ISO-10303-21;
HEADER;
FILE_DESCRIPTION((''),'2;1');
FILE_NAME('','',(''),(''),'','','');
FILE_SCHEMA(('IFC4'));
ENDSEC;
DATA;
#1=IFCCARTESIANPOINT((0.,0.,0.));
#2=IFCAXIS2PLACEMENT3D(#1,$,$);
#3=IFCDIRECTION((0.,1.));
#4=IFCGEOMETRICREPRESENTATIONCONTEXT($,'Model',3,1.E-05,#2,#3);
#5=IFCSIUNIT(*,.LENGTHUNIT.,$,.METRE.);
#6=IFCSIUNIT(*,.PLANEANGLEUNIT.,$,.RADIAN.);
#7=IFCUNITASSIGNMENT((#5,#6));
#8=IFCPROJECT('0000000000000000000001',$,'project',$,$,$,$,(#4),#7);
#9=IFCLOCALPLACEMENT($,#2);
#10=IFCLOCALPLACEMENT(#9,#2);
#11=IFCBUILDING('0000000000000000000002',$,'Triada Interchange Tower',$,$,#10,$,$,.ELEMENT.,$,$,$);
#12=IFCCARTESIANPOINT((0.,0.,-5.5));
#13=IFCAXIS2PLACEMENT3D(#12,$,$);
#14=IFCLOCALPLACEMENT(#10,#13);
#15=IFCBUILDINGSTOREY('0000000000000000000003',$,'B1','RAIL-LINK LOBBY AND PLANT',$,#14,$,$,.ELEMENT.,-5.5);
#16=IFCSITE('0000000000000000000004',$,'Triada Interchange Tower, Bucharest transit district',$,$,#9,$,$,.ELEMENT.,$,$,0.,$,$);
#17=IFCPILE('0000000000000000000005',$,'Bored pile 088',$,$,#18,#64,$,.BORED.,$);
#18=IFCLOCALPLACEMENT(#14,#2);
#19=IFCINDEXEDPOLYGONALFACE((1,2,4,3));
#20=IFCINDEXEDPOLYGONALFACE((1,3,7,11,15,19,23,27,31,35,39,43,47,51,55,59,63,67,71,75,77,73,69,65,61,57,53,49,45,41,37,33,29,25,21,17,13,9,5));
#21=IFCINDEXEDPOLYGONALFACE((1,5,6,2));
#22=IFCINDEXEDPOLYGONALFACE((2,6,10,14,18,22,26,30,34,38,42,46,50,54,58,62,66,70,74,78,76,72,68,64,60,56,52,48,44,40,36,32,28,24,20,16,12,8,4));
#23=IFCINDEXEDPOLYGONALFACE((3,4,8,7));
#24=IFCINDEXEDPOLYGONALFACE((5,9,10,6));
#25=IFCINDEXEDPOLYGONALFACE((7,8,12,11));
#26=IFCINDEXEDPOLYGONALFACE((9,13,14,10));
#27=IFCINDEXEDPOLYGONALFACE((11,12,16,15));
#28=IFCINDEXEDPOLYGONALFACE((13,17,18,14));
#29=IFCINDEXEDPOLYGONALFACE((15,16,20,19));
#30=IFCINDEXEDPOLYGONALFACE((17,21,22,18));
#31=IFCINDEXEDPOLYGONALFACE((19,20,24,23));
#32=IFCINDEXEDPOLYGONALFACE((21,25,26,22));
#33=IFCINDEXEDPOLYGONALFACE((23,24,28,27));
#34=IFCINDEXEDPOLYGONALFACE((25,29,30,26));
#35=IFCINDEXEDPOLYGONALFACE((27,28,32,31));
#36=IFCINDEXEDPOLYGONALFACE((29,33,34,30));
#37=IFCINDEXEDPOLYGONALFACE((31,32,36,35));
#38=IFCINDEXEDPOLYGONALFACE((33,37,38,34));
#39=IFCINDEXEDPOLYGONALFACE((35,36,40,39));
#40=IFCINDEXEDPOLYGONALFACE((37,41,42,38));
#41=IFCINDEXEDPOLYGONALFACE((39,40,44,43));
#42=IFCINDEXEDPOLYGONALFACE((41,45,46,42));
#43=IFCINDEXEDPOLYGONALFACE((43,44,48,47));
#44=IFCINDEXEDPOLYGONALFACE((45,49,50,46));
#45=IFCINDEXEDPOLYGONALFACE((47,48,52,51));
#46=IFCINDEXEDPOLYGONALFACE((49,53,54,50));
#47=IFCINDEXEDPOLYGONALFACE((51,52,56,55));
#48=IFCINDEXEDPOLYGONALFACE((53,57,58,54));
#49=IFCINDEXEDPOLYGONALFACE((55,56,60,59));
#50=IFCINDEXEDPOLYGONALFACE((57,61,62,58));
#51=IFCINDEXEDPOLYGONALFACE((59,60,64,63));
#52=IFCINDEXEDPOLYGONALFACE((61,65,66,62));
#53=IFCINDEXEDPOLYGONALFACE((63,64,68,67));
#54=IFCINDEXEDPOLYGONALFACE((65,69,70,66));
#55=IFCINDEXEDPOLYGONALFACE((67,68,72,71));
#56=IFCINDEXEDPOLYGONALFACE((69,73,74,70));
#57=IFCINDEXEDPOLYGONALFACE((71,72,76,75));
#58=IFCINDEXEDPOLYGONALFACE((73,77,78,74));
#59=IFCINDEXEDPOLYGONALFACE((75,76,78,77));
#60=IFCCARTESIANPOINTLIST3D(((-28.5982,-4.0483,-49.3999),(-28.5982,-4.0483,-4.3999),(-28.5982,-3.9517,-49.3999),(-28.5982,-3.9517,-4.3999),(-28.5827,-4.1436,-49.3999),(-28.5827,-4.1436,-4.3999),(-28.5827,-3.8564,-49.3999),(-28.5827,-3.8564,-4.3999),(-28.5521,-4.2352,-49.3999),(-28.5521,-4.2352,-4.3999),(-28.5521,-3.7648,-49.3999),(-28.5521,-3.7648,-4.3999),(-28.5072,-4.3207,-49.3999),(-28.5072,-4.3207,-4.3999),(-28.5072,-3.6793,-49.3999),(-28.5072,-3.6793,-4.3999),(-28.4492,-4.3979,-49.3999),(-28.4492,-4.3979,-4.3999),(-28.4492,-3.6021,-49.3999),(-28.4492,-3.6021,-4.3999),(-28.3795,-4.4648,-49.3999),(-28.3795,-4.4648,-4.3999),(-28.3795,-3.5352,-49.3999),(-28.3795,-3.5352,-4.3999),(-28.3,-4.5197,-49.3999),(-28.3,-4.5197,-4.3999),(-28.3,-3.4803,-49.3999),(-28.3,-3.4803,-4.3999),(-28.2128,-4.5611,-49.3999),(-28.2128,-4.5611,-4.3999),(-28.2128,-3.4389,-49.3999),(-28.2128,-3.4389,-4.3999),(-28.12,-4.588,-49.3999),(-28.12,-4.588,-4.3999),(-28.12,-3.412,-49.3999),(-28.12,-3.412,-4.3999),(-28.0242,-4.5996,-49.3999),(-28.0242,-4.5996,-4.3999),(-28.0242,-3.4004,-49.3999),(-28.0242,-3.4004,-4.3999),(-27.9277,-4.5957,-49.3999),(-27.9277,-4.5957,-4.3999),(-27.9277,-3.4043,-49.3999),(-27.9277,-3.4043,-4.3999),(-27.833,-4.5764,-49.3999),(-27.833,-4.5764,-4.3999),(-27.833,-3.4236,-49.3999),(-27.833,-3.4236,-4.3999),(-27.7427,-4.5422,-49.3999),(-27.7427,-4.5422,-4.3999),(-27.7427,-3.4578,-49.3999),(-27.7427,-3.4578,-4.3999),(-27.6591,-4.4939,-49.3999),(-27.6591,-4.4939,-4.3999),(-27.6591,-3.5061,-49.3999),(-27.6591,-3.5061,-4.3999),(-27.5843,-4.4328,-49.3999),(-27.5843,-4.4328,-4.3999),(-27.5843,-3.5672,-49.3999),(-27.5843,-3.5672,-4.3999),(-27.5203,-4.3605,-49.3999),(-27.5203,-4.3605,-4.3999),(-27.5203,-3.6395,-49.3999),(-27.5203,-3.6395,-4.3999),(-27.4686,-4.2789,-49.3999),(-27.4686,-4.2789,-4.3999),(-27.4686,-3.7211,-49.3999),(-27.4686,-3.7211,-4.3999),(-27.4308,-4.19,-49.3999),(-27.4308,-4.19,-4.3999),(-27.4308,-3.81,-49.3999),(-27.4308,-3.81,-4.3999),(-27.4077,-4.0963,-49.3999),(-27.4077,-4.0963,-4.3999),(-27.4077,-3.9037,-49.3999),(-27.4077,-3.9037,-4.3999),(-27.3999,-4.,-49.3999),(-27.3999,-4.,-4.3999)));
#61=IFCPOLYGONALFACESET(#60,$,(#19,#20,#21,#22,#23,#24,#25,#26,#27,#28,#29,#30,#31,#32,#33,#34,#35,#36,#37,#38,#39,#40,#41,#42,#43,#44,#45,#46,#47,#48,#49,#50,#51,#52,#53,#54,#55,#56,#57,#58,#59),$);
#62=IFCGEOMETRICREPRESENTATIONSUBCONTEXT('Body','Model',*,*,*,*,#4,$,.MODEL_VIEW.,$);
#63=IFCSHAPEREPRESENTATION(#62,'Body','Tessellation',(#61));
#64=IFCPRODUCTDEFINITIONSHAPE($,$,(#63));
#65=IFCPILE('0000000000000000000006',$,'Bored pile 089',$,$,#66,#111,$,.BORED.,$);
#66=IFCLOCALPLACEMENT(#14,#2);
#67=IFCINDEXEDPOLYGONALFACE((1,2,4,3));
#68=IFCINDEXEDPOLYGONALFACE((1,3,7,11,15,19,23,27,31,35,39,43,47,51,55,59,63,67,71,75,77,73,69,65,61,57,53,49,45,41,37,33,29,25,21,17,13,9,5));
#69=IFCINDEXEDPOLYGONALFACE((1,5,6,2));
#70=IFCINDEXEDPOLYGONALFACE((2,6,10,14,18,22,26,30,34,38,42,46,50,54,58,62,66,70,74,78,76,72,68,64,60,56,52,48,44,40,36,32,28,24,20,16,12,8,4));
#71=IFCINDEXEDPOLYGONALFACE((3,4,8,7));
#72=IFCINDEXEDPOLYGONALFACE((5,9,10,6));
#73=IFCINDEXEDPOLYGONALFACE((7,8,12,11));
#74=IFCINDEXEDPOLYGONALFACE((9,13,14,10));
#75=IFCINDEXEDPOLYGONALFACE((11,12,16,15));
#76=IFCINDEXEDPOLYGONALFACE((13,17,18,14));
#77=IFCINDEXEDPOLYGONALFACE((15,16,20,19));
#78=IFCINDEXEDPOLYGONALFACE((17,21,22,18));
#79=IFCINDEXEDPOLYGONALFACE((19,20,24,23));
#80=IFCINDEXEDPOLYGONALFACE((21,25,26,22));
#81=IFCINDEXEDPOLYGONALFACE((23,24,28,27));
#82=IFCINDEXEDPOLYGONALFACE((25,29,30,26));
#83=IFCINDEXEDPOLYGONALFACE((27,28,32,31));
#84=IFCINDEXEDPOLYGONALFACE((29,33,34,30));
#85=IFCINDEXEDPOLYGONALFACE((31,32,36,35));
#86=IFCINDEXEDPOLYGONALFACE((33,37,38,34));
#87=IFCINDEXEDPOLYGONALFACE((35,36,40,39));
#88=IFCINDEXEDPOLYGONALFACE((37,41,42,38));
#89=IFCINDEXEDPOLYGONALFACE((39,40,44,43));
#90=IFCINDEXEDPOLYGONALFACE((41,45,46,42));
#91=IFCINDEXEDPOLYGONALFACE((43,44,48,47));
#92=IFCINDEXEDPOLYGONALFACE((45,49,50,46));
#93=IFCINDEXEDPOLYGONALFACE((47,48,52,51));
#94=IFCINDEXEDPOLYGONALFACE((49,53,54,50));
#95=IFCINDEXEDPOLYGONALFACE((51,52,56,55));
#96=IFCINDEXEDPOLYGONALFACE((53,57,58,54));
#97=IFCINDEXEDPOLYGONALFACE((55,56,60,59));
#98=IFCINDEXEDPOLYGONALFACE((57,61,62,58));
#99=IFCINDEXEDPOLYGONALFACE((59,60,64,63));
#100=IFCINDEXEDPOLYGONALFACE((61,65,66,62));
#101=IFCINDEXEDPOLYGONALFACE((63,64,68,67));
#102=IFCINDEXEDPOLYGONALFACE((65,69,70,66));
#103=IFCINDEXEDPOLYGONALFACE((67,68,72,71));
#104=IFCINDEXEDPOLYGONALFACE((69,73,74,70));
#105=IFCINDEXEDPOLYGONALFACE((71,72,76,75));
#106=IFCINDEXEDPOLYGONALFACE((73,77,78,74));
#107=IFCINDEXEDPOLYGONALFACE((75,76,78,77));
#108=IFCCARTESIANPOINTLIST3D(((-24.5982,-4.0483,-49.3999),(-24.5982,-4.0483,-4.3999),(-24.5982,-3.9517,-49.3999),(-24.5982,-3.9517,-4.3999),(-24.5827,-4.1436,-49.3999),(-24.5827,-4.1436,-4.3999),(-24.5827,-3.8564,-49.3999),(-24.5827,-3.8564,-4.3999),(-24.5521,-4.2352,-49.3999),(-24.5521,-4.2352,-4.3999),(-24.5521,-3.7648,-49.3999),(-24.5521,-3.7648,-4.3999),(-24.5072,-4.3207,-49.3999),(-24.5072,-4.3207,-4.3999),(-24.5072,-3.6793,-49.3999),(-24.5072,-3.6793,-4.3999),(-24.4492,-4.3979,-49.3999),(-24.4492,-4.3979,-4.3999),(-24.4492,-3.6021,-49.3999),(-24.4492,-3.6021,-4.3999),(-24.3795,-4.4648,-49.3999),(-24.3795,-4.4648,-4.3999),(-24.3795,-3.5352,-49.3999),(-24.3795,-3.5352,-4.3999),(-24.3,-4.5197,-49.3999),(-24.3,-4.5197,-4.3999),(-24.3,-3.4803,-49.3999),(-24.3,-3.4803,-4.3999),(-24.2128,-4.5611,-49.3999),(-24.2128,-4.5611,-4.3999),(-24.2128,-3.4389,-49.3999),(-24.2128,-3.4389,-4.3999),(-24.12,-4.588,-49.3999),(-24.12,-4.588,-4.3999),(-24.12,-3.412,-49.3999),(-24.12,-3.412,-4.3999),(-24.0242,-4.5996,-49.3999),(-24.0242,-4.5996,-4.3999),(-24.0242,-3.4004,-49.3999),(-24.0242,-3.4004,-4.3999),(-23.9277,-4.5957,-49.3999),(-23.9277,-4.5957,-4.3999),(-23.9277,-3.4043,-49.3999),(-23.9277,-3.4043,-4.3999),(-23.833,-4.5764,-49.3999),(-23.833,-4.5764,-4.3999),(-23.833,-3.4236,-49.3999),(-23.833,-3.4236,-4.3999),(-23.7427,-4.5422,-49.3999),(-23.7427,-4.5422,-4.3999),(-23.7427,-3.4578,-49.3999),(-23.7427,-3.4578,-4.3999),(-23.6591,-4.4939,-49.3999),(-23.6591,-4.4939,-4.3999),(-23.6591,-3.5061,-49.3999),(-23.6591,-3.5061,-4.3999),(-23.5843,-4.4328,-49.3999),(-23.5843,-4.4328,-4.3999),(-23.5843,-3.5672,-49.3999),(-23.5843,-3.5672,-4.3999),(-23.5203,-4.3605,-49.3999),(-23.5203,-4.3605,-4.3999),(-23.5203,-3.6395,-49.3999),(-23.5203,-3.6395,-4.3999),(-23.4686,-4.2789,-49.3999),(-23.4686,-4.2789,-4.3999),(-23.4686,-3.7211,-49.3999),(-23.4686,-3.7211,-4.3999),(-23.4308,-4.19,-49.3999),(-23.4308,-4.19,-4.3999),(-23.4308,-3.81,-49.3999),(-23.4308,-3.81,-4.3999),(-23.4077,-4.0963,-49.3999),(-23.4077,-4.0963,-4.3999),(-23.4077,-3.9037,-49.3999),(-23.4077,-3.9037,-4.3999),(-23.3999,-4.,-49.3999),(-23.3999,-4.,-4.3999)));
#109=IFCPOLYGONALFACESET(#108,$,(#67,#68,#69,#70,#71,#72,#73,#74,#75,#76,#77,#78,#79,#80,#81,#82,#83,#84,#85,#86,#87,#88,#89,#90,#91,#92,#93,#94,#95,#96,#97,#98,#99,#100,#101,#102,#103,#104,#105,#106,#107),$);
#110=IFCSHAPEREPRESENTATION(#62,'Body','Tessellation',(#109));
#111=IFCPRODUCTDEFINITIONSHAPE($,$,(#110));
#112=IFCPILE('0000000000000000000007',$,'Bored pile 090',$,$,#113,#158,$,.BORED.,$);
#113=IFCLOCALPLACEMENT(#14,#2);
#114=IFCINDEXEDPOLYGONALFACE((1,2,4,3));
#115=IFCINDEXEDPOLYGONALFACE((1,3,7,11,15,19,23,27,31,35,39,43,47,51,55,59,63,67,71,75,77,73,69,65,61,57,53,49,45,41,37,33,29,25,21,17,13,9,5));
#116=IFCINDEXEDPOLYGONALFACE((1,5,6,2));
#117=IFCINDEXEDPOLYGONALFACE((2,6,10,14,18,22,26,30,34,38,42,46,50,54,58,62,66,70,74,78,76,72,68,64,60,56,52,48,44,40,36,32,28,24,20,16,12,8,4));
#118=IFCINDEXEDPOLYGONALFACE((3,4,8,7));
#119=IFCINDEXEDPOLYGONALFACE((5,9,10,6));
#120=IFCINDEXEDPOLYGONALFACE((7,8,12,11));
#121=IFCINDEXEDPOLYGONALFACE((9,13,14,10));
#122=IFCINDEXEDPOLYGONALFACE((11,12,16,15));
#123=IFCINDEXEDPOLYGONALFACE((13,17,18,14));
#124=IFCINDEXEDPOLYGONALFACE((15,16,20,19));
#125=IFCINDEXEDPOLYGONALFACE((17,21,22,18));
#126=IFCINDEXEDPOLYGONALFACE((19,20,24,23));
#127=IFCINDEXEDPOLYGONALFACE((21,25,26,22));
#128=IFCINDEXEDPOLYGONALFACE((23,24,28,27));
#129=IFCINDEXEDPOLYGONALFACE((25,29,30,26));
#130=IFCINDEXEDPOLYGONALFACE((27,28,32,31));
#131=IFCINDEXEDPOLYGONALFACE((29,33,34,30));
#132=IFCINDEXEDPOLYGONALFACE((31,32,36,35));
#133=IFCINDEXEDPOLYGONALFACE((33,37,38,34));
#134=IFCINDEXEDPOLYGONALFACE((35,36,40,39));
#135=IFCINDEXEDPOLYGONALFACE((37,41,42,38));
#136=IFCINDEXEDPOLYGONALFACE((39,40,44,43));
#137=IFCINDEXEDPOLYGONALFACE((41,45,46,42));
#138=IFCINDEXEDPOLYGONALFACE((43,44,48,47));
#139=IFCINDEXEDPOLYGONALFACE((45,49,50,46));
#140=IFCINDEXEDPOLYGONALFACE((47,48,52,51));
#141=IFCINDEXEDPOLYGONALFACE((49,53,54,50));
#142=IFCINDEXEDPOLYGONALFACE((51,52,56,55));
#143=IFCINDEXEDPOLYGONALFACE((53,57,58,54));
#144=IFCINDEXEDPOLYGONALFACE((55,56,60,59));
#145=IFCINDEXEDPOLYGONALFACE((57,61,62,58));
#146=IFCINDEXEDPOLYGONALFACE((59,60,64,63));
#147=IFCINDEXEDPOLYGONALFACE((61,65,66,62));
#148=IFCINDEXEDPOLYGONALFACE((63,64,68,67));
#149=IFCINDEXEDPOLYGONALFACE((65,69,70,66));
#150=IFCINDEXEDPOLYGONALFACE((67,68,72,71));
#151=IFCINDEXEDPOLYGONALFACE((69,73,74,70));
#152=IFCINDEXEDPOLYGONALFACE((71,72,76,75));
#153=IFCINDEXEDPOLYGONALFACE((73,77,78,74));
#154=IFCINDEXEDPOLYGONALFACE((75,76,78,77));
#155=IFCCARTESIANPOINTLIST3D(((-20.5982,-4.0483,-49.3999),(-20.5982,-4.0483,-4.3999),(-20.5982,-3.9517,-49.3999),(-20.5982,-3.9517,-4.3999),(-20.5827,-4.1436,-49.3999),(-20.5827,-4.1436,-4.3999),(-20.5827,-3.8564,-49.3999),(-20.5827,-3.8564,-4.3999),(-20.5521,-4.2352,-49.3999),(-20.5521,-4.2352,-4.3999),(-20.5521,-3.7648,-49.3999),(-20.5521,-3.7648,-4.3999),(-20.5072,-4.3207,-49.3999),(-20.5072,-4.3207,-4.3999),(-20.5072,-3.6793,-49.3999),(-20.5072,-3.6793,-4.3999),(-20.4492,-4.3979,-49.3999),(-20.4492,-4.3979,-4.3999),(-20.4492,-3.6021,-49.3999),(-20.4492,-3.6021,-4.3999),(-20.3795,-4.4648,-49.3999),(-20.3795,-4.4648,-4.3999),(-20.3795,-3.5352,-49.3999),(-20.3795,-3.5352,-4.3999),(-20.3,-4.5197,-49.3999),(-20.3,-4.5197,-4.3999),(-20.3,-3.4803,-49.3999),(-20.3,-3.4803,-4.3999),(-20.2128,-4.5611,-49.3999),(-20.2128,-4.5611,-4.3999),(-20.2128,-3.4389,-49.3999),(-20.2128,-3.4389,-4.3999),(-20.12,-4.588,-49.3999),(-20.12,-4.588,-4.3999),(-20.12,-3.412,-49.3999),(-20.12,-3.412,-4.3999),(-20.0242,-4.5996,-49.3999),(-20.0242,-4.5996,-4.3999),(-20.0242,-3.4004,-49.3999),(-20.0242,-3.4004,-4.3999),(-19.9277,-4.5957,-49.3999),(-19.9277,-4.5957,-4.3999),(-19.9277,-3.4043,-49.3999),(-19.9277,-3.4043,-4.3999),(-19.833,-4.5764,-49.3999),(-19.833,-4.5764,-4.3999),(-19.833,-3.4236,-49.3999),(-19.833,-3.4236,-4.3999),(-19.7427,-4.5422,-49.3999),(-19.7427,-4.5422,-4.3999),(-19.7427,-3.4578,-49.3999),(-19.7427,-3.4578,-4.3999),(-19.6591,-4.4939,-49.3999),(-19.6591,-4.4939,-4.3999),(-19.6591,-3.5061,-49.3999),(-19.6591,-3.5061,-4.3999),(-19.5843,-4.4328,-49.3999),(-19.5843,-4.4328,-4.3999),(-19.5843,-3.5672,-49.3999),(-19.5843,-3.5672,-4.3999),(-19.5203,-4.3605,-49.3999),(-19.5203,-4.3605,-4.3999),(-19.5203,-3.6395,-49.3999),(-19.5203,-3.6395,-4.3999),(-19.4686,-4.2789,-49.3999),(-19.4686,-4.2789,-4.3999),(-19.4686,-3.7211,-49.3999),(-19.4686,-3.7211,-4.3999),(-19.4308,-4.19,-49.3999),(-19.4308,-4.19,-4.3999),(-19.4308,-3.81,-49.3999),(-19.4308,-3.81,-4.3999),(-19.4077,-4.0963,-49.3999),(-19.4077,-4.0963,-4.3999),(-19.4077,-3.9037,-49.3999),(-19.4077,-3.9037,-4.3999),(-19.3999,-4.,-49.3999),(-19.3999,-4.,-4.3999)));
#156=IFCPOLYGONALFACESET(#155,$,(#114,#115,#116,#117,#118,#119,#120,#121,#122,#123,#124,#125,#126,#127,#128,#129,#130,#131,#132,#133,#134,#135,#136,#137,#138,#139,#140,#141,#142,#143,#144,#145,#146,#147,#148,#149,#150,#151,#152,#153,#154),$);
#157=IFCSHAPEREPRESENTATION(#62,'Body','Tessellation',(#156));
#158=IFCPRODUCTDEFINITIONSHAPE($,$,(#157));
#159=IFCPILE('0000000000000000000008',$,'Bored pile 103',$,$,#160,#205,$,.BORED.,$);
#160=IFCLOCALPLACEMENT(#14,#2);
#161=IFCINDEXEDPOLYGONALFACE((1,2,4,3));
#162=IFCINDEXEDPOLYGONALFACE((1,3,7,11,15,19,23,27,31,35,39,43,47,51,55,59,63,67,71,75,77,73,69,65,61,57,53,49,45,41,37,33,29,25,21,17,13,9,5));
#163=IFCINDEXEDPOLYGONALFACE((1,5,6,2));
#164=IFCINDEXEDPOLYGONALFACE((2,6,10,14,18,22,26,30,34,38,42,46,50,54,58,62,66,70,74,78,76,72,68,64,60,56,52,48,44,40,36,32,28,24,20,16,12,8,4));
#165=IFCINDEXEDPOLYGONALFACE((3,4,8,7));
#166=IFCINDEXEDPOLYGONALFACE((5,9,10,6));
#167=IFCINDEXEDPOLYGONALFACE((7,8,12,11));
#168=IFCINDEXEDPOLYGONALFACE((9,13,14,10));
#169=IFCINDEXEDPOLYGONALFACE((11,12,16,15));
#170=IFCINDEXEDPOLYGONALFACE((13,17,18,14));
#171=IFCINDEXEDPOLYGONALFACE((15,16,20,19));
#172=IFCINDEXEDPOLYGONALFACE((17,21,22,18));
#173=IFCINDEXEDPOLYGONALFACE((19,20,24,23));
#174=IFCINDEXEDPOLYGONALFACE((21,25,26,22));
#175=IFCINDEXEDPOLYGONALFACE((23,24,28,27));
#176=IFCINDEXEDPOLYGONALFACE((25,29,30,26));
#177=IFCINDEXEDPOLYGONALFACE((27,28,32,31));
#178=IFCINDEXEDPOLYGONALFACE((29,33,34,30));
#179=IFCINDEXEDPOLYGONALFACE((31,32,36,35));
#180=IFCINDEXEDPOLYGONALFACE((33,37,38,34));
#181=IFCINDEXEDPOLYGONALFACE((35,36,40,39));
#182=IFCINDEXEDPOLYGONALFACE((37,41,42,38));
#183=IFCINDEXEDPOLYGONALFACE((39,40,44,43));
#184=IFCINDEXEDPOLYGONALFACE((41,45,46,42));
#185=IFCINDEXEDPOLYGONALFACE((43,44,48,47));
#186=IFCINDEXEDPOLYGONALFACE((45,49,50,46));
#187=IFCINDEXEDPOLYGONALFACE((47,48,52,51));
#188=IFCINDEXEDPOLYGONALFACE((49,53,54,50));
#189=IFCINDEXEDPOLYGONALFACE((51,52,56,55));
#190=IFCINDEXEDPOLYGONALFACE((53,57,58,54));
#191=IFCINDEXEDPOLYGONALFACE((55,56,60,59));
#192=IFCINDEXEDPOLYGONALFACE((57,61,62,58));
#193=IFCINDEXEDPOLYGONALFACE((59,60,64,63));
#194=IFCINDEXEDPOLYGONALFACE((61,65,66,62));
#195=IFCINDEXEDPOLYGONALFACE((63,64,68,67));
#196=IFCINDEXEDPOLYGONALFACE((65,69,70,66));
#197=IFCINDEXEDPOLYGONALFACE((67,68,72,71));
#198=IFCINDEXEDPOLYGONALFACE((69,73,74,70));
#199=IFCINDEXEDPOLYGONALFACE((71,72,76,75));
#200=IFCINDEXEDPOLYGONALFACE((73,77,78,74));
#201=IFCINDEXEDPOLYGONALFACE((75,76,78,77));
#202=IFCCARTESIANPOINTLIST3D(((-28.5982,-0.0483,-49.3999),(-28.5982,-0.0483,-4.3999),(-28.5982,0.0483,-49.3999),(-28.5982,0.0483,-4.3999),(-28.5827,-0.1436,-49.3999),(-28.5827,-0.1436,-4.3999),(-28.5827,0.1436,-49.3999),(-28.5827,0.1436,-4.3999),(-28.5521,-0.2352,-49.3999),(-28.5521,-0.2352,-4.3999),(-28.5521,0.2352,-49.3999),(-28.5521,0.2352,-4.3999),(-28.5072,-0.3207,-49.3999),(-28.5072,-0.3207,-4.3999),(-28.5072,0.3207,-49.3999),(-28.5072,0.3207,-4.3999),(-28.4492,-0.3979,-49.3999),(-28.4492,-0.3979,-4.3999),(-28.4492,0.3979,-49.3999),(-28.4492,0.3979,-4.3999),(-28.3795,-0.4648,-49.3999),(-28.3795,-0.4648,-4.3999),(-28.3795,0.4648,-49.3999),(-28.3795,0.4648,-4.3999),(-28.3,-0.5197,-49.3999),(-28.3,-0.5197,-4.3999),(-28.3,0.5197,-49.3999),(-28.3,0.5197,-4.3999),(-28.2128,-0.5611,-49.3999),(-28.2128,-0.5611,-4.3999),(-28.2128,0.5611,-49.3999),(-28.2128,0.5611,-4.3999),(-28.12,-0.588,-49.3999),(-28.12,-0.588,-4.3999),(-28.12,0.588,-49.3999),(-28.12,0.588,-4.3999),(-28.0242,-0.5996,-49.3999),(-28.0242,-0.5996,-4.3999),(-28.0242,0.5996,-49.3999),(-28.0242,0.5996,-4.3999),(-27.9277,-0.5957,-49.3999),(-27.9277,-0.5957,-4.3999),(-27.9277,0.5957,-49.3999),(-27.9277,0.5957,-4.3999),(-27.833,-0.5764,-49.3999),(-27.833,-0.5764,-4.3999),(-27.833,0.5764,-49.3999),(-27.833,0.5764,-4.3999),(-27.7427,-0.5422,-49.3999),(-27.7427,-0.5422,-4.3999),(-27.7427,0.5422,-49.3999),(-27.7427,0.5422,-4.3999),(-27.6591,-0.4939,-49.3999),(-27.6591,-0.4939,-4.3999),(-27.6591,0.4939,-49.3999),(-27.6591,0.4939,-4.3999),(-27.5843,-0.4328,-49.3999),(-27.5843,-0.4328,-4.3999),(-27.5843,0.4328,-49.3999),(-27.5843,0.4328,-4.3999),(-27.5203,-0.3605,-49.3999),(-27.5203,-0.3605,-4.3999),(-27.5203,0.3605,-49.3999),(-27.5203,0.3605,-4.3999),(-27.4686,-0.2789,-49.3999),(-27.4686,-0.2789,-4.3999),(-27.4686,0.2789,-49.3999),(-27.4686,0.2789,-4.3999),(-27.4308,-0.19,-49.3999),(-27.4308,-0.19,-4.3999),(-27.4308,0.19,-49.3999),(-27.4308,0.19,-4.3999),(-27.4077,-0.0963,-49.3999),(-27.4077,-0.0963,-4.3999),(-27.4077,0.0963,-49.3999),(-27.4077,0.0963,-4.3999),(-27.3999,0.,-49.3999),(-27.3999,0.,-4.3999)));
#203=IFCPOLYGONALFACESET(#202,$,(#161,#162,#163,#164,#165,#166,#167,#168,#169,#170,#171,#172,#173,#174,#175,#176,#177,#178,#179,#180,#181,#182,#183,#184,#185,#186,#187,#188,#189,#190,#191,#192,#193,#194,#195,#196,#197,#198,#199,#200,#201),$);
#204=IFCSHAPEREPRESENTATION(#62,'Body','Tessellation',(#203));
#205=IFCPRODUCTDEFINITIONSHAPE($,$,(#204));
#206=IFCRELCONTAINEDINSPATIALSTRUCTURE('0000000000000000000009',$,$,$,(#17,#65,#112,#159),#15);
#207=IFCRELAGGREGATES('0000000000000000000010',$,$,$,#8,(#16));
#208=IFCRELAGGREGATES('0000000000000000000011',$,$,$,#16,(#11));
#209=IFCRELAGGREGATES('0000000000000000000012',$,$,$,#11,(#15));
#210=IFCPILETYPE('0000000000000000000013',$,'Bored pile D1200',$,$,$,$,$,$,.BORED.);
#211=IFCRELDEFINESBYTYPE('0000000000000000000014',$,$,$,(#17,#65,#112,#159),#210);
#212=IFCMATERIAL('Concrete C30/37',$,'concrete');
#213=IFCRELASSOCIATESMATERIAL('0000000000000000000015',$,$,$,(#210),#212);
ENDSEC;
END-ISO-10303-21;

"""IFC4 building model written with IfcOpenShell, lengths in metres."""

from ifc_helpers import new_model, si_unit, direction, frame, origin, origin_2d, place, context, subcontext, project, spatial, circle, extrude, material, material_profile, profile_set, type_object, element, save


model = new_model("IFC4")

# Units and contexts
model_context = context("Model", 3, precision=1e-05, world=origin(), true_north=direction((0.0, 1.0)))
body_context = subcontext(model_context, "Body", "Model", "MODEL_VIEW")
ifc_project = project(units=[si_unit("LENGTHUNIT", "METRE"), si_unit("PLANEANGLEUNIT", "RADIAN")], contexts=[model_context])

# Site, building, storey
site_placement = place(None, origin())
site = spatial("IfcSite", under=ifc_project, at=site_placement, Name="Triada Interchange Tower, Bucharest transit district", CompositionType="ELEMENT", RefElevation=0.0)
building_placement = place(site_placement, origin())
building = spatial("IfcBuilding", under=site, at=building_placement, Name="Triada Interchange Tower", CompositionType="ELEMENT")
storey_placement = place(building_placement, frame((0.0, 0.0, -5.5)))
storey = spatial("IfcBuildingStorey", under=building, at=storey_placement, Name="B1", Description="RAIL-LINK LOBBY AND PLANT", CompositionType="ELEMENT", Elevation=-5.5)

# Piles
ifc_material_1 = material(Name="Concrete C30/37", Category="concrete")
ifc_material_profile_1 = material_profile(ifc_material_1, circle(Radius=0.6001, at=origin_2d()), Name="RC D1200")
ifc_profile_set_1 = profile_set([ifc_material_profile_1], Name="Concrete C30/37")
pile_type = type_object("IfcPileType", Name="Bored pile D1200", PredefinedType="BORED", material=ifc_profile_set_1)
for number, where, z_axis, x_axis, name in (
    (1, (-28.0, -4.0, -4.3999), (0.0, 0.0, -1.0), (1.0, 0.0, 0.0), "Bored pile 088"),
    (2, (-24.0, -4.0, -4.3999), (0.0, 0.0, -1.0), (1.0, 0.0, 0.0), "Bored pile 089"),
    (3, (-20.0, -4.0, -4.3999), (0.0, 0.0, -1.0), (1.0, 0.0, 0.0), "Bored pile 090"),
    (4, (-28.0, 0.0, -4.3999), (0.0, 0.0, -1.0), (1.0, 0.0, 0.0), "Bored pile 103"),
):
    element("IfcPile", number, at=place(storey_placement, frame(where, z_axis=z_axis, x_axis=x_axis)), inside=storey, type_object=pile_type, Name=name, PredefinedType="BORED", context=body_context, shape_type="SweptSolid", body=[
        extrude(circle(Radius=0.6001, at=origin_2d()), origin(), (0.0, 0.0, 1.0), 45.0),
    ])

save(model, "model.ifc")
